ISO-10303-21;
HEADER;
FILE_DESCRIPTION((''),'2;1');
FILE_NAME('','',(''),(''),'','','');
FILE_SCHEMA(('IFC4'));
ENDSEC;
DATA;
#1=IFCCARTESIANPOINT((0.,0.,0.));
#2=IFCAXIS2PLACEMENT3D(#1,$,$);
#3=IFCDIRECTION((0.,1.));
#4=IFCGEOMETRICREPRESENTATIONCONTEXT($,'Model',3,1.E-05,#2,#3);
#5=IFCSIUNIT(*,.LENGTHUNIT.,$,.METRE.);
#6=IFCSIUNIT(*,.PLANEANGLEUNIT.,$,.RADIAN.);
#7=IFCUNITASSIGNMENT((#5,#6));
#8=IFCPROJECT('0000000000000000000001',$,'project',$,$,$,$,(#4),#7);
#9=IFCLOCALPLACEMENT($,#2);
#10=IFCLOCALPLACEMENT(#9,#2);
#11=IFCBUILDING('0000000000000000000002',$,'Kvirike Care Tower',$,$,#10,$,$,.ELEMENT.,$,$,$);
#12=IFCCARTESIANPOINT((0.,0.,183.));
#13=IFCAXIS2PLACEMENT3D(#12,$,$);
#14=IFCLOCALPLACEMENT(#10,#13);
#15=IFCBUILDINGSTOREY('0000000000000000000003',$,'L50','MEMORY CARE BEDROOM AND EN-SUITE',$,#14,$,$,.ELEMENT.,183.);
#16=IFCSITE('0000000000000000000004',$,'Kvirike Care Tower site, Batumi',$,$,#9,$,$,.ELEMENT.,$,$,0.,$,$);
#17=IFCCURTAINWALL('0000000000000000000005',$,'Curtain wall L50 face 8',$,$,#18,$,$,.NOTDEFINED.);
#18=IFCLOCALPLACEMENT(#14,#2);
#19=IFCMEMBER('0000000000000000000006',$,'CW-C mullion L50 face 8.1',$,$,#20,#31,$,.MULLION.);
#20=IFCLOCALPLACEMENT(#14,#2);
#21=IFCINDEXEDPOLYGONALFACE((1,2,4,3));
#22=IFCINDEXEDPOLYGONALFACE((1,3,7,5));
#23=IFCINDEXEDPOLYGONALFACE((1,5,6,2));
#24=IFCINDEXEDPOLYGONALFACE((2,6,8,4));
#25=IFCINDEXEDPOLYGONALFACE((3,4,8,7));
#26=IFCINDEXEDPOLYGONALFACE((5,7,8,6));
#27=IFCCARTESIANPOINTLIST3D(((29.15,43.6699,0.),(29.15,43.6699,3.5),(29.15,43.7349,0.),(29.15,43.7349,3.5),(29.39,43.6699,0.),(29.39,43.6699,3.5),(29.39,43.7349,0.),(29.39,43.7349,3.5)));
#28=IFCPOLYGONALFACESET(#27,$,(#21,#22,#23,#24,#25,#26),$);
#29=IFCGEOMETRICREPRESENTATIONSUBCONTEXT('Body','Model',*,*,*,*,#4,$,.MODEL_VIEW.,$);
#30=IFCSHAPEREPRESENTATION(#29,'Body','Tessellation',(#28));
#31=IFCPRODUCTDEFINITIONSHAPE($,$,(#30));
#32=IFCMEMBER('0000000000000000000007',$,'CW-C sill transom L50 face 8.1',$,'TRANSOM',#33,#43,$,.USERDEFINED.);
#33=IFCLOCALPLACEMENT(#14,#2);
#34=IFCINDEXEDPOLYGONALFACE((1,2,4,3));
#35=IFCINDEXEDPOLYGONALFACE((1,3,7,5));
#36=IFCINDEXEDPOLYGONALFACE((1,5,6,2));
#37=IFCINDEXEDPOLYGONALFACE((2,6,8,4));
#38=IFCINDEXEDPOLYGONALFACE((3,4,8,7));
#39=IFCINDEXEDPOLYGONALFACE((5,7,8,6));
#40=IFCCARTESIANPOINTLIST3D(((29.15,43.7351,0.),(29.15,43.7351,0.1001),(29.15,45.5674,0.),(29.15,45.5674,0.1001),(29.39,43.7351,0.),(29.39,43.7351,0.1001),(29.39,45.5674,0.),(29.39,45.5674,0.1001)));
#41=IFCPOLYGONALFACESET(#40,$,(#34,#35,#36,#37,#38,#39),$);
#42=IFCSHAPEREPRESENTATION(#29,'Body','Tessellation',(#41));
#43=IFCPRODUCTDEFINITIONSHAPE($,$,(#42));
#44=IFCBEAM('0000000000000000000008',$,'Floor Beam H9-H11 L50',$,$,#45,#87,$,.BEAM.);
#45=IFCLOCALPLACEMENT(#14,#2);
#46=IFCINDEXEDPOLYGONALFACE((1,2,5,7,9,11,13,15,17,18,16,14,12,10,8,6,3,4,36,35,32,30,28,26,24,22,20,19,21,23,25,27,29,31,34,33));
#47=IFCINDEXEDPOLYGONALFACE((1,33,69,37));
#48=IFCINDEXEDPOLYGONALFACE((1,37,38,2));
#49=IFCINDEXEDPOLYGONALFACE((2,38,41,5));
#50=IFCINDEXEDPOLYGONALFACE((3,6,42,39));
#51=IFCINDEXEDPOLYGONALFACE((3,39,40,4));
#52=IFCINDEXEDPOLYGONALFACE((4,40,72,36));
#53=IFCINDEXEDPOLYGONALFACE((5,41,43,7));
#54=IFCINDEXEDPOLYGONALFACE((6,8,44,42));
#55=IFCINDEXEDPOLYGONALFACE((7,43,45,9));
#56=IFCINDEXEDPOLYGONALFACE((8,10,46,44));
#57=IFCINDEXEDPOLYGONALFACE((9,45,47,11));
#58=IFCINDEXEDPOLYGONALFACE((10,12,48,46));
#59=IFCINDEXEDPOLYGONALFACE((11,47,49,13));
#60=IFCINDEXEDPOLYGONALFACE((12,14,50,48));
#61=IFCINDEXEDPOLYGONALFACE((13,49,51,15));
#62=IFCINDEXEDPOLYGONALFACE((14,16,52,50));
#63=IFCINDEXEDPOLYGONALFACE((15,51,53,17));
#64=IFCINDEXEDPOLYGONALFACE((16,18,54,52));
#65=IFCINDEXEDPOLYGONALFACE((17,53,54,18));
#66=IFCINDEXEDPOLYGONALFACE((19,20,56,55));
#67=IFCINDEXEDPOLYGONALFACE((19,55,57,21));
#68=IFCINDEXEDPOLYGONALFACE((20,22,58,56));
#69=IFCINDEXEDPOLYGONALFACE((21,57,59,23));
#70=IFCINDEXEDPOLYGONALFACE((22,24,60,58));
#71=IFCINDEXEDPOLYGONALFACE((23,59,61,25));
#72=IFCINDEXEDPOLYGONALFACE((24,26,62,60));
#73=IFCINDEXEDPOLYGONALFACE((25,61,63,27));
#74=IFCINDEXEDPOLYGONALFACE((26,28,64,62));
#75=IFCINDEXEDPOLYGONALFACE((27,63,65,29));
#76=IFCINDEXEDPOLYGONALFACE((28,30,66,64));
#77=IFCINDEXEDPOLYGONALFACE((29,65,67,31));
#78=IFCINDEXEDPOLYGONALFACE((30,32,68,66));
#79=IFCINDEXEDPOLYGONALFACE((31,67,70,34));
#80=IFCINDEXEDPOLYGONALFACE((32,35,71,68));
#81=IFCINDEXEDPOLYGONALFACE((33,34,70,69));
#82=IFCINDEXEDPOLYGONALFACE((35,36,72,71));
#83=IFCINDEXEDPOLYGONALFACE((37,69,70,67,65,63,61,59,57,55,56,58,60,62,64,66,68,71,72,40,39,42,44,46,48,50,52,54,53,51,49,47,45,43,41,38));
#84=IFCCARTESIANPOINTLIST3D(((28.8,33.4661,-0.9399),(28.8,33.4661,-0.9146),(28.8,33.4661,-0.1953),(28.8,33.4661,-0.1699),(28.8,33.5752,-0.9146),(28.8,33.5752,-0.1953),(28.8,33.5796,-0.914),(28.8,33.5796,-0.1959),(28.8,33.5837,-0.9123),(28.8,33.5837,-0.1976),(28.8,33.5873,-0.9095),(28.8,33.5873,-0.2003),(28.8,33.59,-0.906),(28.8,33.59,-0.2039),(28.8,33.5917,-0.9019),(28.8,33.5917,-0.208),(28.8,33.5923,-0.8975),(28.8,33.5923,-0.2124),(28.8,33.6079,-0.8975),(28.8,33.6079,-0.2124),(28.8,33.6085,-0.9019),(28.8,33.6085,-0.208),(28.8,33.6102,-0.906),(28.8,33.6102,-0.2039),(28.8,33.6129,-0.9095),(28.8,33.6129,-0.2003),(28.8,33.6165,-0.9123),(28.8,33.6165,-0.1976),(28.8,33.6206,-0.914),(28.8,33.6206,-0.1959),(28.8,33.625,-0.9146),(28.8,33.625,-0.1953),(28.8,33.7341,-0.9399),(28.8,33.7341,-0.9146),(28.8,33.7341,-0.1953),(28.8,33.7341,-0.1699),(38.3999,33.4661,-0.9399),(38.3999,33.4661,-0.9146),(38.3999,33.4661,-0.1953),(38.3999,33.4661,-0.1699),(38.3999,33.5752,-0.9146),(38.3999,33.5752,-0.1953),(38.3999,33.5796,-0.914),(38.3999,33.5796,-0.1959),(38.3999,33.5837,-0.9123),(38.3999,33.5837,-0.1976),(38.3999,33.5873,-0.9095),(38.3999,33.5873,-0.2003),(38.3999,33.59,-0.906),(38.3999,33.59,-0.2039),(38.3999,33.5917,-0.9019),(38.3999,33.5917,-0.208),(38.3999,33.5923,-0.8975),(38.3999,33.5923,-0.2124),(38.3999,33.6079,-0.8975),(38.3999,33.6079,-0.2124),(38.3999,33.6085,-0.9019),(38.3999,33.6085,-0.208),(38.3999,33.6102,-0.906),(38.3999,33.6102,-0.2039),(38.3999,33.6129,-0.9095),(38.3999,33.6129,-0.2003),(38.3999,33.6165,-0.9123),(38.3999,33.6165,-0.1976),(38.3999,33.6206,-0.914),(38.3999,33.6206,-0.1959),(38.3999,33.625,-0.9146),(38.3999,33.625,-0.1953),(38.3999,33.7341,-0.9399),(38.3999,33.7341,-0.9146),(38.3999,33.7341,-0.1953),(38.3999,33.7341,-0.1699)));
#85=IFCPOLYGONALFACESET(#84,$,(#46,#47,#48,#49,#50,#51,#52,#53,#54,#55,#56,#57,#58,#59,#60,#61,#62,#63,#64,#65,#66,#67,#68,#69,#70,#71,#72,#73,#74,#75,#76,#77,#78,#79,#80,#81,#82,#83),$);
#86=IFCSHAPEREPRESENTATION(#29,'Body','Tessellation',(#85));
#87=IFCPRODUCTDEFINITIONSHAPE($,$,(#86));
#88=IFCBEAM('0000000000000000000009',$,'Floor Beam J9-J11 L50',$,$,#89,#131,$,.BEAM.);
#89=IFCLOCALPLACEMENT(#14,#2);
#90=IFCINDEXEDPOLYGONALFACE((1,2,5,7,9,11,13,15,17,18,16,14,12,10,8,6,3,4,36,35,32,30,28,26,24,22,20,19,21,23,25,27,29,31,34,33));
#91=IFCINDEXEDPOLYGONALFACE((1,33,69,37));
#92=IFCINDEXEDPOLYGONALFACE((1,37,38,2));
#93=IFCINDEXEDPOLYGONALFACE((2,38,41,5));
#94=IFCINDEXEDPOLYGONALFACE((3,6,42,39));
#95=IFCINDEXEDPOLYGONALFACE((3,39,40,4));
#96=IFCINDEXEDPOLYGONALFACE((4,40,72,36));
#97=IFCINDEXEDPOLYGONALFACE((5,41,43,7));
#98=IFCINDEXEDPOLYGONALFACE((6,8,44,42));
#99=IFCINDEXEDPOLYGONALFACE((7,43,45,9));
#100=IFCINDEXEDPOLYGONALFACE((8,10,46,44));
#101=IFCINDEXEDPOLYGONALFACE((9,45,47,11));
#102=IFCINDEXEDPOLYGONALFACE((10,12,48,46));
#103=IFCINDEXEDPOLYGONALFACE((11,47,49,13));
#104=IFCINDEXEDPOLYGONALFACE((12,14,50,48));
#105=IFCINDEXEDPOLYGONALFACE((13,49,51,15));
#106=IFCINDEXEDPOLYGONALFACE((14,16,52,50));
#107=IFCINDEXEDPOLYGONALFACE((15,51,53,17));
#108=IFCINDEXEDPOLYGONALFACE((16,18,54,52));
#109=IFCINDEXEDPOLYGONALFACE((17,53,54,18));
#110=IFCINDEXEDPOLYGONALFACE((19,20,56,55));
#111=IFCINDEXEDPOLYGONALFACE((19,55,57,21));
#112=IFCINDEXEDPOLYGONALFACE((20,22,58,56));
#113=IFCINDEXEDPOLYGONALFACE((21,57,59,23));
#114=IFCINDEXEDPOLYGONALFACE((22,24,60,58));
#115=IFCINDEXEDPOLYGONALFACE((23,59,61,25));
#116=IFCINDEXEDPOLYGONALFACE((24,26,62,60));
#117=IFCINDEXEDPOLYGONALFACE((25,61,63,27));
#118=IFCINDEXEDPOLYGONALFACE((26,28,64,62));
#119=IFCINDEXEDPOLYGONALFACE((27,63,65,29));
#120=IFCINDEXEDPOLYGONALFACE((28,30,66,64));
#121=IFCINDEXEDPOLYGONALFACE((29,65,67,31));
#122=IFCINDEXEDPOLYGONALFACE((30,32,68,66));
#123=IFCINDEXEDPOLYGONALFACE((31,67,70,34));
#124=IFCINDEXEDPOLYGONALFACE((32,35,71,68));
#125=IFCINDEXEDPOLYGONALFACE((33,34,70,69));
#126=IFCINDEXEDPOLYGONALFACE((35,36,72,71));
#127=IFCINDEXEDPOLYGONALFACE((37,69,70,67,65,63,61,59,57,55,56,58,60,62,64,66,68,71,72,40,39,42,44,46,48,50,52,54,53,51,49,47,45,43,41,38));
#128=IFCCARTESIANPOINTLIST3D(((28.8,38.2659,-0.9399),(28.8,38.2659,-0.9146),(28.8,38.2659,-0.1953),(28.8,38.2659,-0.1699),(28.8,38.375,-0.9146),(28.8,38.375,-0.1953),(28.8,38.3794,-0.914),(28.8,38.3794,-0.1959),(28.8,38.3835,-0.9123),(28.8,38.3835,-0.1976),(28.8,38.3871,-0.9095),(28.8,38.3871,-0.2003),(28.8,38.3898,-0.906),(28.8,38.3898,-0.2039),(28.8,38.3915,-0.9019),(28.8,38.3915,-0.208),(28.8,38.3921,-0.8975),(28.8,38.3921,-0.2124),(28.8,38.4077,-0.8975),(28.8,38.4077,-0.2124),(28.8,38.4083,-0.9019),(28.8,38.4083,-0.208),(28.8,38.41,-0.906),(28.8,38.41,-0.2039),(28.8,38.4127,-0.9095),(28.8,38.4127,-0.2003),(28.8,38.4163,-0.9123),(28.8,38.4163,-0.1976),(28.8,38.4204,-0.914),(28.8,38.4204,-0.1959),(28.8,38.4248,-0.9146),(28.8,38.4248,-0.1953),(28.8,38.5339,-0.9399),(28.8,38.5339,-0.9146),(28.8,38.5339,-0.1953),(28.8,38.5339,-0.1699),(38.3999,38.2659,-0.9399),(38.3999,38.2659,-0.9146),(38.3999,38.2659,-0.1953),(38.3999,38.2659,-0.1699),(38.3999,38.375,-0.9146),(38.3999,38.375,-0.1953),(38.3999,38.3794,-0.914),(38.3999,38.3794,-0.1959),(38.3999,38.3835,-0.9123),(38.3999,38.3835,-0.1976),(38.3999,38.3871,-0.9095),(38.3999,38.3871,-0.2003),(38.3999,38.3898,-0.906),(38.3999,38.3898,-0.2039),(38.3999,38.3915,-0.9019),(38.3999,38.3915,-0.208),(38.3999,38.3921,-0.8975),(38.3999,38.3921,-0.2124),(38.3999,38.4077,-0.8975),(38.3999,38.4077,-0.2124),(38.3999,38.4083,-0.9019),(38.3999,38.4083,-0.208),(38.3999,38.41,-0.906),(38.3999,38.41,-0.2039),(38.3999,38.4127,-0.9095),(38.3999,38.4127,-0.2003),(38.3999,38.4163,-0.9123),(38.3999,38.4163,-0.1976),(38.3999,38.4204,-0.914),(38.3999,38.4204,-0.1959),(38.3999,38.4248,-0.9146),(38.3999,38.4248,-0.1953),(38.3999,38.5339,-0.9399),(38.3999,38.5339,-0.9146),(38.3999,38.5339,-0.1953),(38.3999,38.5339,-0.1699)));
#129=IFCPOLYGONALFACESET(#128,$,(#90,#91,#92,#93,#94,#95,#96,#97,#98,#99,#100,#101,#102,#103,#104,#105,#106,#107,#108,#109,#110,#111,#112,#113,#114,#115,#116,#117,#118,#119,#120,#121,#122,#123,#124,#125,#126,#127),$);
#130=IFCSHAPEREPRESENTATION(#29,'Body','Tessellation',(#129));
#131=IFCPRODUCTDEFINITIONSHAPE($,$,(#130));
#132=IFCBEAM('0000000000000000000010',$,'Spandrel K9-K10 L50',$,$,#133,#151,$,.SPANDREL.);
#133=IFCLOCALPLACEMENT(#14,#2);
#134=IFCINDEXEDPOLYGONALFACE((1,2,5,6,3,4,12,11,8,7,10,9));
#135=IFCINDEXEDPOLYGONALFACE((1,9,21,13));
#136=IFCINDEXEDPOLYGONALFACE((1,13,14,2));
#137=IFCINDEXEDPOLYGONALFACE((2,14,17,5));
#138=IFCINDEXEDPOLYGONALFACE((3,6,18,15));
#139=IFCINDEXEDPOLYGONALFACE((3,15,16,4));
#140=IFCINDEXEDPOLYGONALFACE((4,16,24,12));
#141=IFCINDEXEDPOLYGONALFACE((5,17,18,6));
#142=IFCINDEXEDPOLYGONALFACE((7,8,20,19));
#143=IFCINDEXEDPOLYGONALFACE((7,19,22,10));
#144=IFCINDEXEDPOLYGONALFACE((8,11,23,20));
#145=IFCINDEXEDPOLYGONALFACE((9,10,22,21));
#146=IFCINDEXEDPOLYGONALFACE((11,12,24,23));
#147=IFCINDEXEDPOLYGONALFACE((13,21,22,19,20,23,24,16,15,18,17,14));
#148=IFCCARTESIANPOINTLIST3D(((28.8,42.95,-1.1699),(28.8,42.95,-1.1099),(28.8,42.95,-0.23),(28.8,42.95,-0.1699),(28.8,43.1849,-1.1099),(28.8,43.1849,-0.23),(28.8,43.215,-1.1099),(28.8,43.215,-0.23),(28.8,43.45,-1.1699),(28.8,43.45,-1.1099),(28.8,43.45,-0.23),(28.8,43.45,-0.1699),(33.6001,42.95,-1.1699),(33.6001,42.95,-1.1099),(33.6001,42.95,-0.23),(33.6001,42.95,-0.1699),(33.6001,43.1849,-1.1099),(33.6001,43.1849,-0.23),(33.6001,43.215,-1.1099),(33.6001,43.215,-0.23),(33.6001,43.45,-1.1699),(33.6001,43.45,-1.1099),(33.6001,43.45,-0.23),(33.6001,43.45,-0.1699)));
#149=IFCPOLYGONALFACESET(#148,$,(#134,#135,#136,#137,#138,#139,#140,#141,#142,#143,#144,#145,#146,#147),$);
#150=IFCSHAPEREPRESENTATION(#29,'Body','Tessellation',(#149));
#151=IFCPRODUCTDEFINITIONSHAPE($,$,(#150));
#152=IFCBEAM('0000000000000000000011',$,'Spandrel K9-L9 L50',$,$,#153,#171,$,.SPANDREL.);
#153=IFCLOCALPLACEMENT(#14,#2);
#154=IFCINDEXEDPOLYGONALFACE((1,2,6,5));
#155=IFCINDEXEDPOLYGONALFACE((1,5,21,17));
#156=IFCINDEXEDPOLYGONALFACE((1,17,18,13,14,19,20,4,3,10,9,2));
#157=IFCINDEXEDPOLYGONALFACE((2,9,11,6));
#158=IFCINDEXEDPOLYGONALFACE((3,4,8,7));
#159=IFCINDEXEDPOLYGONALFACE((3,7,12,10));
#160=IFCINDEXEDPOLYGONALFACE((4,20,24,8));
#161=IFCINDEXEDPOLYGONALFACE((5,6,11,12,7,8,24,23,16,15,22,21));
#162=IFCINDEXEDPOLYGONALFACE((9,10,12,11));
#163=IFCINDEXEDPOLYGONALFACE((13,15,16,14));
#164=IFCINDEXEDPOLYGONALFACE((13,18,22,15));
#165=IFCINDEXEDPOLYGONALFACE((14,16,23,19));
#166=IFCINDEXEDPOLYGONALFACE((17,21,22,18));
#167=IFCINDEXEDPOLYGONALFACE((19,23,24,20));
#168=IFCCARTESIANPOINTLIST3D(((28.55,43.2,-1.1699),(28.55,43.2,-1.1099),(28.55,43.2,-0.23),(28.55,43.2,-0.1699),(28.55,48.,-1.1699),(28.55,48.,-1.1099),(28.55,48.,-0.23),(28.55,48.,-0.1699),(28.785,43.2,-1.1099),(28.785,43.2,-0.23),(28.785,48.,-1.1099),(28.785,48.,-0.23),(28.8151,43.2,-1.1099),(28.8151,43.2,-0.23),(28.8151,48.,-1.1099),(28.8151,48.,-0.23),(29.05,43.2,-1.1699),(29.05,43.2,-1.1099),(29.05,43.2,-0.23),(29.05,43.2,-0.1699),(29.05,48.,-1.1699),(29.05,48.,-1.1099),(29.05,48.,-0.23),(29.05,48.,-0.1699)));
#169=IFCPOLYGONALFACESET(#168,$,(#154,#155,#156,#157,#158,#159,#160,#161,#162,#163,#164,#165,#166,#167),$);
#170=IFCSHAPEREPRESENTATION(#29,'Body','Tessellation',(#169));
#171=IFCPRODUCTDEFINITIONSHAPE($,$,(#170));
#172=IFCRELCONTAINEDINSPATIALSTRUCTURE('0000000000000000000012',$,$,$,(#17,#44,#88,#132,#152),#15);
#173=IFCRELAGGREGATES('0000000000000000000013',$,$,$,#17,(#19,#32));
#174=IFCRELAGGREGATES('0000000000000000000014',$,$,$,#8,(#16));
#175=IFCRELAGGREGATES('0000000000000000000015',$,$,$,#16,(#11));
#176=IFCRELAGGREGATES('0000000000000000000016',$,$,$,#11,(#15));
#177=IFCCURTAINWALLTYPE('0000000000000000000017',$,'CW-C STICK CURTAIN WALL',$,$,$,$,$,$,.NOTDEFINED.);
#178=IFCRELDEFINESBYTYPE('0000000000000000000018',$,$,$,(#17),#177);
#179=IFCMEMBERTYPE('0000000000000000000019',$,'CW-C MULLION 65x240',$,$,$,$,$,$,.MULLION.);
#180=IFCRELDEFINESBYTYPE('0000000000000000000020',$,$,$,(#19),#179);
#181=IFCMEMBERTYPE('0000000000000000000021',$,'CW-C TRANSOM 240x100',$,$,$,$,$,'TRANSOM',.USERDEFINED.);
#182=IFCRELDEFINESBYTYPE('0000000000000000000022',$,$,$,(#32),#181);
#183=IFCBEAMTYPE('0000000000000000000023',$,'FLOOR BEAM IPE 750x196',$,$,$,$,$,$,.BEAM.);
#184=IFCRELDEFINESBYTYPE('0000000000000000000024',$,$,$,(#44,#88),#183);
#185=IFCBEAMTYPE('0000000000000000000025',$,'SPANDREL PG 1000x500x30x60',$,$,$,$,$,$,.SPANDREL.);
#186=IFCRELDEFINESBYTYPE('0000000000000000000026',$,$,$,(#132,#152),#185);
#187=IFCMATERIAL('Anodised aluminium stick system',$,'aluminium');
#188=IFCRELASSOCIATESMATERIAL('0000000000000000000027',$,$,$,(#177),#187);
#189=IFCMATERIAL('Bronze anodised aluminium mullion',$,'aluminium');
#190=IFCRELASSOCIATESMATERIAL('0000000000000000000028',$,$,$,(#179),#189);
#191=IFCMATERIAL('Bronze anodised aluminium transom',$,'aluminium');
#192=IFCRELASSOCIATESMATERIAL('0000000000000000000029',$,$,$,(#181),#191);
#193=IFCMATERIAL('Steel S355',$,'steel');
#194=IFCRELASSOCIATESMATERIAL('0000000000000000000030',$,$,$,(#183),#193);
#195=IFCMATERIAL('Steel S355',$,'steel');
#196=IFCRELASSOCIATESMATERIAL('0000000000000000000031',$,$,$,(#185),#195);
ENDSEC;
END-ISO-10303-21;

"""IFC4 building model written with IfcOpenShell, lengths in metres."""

from ifc_helpers import new_model, si_unit, direction, frame, origin, origin_2d, place, context, subcontext, project, spatial, rectangle, i_section, extrude, material, material_profile, profile_set, type_object, element, aggregate, save


model = new_model("IFC4")

# Units and contexts
model_context = context("Model", 3, precision=1e-05, world=origin(), true_north=direction((0.0, 1.0)))
body_context = subcontext(model_context, "Body", "Model", "MODEL_VIEW")
ifc_project = project(units=[si_unit("LENGTHUNIT", "METRE"), si_unit("PLANEANGLEUNIT", "RADIAN")], contexts=[model_context])

# Site, building, storey
site_placement = place(None, origin())
site = spatial("IfcSite", under=ifc_project, at=site_placement, Name="Kvirike Care Tower site, Batumi", CompositionType="ELEMENT", RefElevation=0.0)
building_placement = place(site_placement, origin())
building = spatial("IfcBuilding", under=site, at=building_placement, Name="Kvirike Care Tower", CompositionType="ELEMENT")
storey_placement = place(building_placement, frame((0.0, 0.0, 183.0)))
storey = spatial("IfcBuildingStorey", under=building, at=storey_placement, Name="L50", Description="MEMORY CARE BEDROOM AND EN-SUITE", CompositionType="ELEMENT", Elevation=183.0)

# Curtain wall, members
ifc_material_1 = material(Name="Anodised aluminium stick system", Category="aluminium")
curtain_wall_type = type_object("IfcCurtainWallType", Name="CW-C STICK CURTAIN WALL", PredefinedType="NOTDEFINED", material=ifc_material_1)
curtain_wall_placement = place(storey_placement, origin())
curtain_wall = element("IfcCurtainWall", 1, at=curtain_wall_placement, inside=storey, type_object=curtain_wall_type, Name="Curtain wall L50 face 8", PredefinedType="NOTDEFINED")
ifc_material_2 = material(Name="Bronze anodised aluminium mullion", Category="aluminium")
ifc_material_profile_1 = material_profile(ifc_material_2, rectangle(XDim=0.0649, YDim=0.24, at=origin_2d()), Name="CW-C MULLION 65x240")
ifc_profile_set_1 = profile_set([ifc_material_profile_1], Name="Bronze anodised aluminium mullion")
member_type_1 = type_object("IfcMemberType", Name="CW-C MULLION 65x240", PredefinedType="MULLION", material=ifc_profile_set_1)
member_1_placement = place(storey_placement, frame((29.27, 43.7024, 0.0), z_axis=(0.0, 0.0, 1.0), x_axis=(0.0, 1.0, 0.0)))
member_1 = element("IfcMember", 2, at=member_1_placement, type_object=member_type_1, Name="CW-C mullion L50 face 8.1", PredefinedType="MULLION", context=body_context, shape_type="SweptSolid", body=[
    extrude(rectangle(XDim=0.0649, YDim=0.24, at=origin_2d()), origin(), (0.0, 0.0, 1.0), 3.5),
])
ifc_material_3 = material(Name="Bronze anodised aluminium transom", Category="aluminium")
ifc_material_profile_2 = material_profile(ifc_material_3, rectangle(XDim=0.24, YDim=0.1001, at=origin_2d()), Name="CW-C TRANSOM 240x100")
ifc_profile_set_2 = profile_set([ifc_material_profile_2], Name="Bronze anodised aluminium transom")
member_type_2 = type_object("IfcMemberType", Name="CW-C TRANSOM 240x100", ElementType="TRANSOM", PredefinedType="USERDEFINED", material=ifc_profile_set_2)
member_2_placement = place(storey_placement, frame((29.27, 43.7351, 0.05), z_axis=(0.0, 1.0, 0.0), x_axis=(-1.0, 0.0, 0.0)))
member_2 = element("IfcMember", 3, at=member_2_placement, type_object=member_type_2, Name="CW-C sill transom L50 face 8.1", ObjectType="TRANSOM", PredefinedType="USERDEFINED", context=body_context, shape_type="SweptSolid", body=[
    extrude(rectangle(XDim=0.24, YDim=0.1001, at=origin_2d()), origin(), (0.0, 0.0, 1.0), 1.8323),
])
aggregate(curtain_wall, [member_1, member_2])

# Beams
ifc_material_4 = material(Name="Steel S355", Category="steel")
ifc_material_profile_3 = material_profile(ifc_material_4, i_section(OverallWidth=0.2681, OverallDepth=0.77, WebThickness=0.0156, FlangeThickness=0.0254, FilletRadius=0.0171, at=origin_2d()), Name="IPE 750x196")
ifc_profile_set_3 = profile_set([ifc_material_profile_3], Name="Steel S355")
beam_type_1 = type_object("IfcBeamType", Name="FLOOR BEAM IPE 750x196", PredefinedType="BEAM", material=ifc_profile_set_3)
for number, where, z_axis, x_axis, name in (
    (4, (28.8, 33.6001, -0.5549), (1.0, 0.0, 0.0), (0.0, 1.0, 0.0), "Floor Beam H9-H11 L50"),
    (5, (28.8, 38.3999, -0.5549), (1.0, 0.0, 0.0), (0.0, 1.0, 0.0), "Floor Beam J9-J11 L50"),
):
    element("IfcBeam", number, at=place(storey_placement, frame(where, z_axis=z_axis, x_axis=x_axis)), inside=storey, type_object=beam_type_1, Name=name, PredefinedType="BEAM", context=body_context, shape_type="SweptSolid", body=[
        extrude(i_section(OverallWidth=0.2681, OverallDepth=0.77, WebThickness=0.0156, FlangeThickness=0.0254, FilletRadius=0.0171, at=origin_2d()), origin(), (0.0, 0.0, 1.0), 9.5999),
    ])
ifc_material_5 = material(Name="Steel S355", Category="steel")
ifc_material_profile_4 = material_profile(ifc_material_5, i_section(OverallWidth=0.5, OverallDepth=1.0, WebThickness=0.03, FlangeThickness=0.0601, at=origin_2d()), Name="PG 1000x500x30x60")
ifc_profile_set_4 = profile_set([ifc_material_profile_4], Name="Steel S355")
beam_type_2 = type_object("IfcBeamType", Name="SPANDREL PG 1000x500x30x60", PredefinedType="SPANDREL", material=ifc_profile_set_4)
for number, where, z_axis, x_axis, name in (
    (6, (28.8, 43.2, -0.6699), (1.0, 0.0, 0.0), (0.0, 1.0, 0.0), "Spandrel K9-K10 L50"),
    (7, (28.8, 43.2, -0.6699), (0.0, 1.0, 0.0), (-1.0, 0.0, 0.0), "Spandrel K9-L9 L50"),
):
    element("IfcBeam", number, at=place(storey_placement, frame(where, z_axis=z_axis, x_axis=x_axis)), inside=storey, type_object=beam_type_2, Name=name, PredefinedType="SPANDREL", context=body_context, shape_type="SweptSolid", body=[
        extrude(i_section(OverallWidth=0.5, OverallDepth=1.0, WebThickness=0.03, FlangeThickness=0.0601, at=origin_2d()), origin(), (0.0, 0.0, 1.0), 4.8),
    ])

save(model, "model.ifc")
